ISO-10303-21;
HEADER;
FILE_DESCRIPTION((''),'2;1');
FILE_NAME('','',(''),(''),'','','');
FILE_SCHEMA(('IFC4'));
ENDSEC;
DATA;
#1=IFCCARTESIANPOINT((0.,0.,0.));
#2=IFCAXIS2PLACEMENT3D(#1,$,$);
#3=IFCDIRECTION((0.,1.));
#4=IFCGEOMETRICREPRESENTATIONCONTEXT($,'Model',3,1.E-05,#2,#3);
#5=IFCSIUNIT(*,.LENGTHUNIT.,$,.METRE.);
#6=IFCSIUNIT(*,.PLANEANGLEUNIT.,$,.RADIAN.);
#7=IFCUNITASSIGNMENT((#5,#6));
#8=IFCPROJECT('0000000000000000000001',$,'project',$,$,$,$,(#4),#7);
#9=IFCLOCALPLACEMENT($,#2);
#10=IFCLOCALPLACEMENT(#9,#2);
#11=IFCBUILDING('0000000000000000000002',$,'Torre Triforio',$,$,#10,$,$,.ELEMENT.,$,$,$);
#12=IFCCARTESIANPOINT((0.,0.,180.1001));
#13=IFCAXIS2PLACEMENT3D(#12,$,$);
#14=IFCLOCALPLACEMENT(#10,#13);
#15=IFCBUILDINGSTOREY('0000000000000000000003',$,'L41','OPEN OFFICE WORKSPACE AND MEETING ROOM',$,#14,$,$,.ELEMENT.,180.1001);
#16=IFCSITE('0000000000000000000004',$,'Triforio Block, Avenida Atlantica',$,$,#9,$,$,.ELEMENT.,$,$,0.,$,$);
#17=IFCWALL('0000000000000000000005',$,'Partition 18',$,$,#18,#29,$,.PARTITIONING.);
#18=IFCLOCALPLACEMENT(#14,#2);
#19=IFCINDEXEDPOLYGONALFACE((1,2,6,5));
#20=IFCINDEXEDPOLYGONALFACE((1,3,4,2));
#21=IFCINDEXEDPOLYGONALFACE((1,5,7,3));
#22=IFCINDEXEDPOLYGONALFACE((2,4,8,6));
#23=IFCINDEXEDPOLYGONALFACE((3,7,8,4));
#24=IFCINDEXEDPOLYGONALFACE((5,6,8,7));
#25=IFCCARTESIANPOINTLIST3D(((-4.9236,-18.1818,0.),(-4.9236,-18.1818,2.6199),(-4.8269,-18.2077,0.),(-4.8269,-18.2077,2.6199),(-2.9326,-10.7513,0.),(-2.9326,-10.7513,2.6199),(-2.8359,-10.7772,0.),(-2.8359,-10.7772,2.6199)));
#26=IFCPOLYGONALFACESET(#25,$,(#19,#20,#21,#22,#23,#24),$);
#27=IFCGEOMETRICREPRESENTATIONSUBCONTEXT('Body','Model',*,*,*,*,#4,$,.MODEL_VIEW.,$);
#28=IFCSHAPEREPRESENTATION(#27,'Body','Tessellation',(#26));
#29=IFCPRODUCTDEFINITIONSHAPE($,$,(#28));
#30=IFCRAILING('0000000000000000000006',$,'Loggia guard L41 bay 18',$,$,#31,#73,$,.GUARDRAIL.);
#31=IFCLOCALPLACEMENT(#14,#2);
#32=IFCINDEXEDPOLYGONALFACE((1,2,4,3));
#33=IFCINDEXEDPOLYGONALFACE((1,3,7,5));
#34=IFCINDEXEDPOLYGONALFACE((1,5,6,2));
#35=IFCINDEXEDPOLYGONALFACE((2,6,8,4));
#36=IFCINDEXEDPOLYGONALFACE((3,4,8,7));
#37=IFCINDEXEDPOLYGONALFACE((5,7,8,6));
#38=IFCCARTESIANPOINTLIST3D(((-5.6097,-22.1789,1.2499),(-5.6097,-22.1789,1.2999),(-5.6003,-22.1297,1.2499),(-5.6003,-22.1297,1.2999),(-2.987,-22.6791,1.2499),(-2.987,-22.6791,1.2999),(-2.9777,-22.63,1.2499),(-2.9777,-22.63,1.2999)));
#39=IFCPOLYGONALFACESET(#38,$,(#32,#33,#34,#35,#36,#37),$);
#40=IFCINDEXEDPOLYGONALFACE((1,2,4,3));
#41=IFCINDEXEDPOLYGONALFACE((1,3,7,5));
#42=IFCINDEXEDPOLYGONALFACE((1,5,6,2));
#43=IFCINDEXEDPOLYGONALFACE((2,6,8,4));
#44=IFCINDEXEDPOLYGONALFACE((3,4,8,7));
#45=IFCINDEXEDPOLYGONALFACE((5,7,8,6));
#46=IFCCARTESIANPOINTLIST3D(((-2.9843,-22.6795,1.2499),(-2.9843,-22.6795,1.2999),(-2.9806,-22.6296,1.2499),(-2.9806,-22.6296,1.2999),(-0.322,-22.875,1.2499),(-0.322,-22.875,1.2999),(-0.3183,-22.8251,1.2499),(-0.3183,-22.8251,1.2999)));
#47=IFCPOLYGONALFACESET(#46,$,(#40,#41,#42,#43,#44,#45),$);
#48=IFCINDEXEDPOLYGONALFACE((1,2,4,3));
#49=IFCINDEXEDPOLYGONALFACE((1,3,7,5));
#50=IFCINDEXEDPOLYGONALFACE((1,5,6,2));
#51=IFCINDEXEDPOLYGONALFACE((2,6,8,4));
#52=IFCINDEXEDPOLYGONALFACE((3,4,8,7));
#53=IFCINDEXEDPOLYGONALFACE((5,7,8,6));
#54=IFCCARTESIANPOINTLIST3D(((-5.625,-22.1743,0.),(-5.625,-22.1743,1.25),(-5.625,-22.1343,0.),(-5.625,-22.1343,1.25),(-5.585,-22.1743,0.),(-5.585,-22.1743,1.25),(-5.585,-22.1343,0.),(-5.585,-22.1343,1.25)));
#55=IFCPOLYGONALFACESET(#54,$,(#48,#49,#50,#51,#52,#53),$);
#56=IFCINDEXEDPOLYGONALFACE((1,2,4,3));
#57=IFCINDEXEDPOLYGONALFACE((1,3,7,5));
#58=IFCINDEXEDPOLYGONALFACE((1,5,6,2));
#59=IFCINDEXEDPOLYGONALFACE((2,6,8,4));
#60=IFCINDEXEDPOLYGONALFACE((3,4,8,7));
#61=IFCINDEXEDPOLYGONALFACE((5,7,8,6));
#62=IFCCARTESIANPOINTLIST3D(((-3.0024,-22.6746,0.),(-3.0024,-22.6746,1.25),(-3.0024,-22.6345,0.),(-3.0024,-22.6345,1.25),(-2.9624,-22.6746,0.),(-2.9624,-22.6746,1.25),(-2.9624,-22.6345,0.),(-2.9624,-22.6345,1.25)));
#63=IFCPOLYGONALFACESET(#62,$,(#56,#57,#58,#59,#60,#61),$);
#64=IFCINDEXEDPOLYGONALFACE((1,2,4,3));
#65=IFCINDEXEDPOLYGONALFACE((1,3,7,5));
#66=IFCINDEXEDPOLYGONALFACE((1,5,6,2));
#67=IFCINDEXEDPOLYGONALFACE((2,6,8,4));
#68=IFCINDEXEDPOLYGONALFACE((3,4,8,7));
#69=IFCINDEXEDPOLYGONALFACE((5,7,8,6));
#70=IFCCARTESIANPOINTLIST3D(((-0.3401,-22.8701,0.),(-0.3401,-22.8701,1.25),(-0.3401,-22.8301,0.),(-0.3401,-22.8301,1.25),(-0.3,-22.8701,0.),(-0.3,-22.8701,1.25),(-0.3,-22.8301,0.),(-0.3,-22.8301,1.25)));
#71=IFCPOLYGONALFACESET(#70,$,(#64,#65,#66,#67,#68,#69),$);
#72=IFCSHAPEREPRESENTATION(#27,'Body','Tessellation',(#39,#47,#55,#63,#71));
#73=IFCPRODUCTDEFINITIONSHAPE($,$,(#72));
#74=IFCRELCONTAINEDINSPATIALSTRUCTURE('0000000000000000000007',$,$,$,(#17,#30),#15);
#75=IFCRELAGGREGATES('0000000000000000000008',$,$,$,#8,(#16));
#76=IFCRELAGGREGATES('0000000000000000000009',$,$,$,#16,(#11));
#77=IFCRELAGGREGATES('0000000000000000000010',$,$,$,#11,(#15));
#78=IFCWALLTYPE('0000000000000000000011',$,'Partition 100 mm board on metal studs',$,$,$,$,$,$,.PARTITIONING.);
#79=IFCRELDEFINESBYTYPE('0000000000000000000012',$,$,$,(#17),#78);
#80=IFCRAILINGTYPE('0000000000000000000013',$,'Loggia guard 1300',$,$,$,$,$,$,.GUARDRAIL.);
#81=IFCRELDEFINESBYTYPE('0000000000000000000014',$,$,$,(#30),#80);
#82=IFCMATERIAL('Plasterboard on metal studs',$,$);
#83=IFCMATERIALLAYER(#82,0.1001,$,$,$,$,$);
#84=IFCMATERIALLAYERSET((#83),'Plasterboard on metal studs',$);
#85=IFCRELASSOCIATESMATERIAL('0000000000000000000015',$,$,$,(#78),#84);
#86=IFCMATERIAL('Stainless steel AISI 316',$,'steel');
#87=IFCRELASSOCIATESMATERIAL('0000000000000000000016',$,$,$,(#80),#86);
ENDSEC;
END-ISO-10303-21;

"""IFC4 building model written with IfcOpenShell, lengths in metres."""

from ifc_helpers import new_model, si_unit, direction, frame, frame_2d, origin, origin_2d, place, context, subcontext, project, spatial, rectangle, extrude, material, layer, layer_set, type_object, element, save


model = new_model("IFC4")

# Units and contexts
model_context = context("Model", 3, precision=1e-05, world=origin(), true_north=direction((0.0, 1.0)))
body_context = subcontext(model_context, "Body", "Model", "MODEL_VIEW")
ifc_project = project(units=[si_unit("LENGTHUNIT", "METRE"), si_unit("PLANEANGLEUNIT", "RADIAN")], contexts=[model_context])

# Site, building, storey
site_placement = place(None, origin())
site = spatial("IfcSite", under=ifc_project, at=site_placement, Name="Triforio Block, Avenida Atlantica", CompositionType="ELEMENT", RefElevation=0.0)
building_placement = place(site_placement, origin())
building = spatial("IfcBuilding", under=site, at=building_placement, Name="Torre Triforio", CompositionType="ELEMENT")
storey_placement = place(building_placement, frame((0.0, 0.0, 180.1001)))
storey = spatial("IfcBuildingStorey", under=building, at=storey_placement, Name="L41", Description="OPEN OFFICE WORKSPACE AND MEETING ROOM", CompositionType="ELEMENT", Elevation=180.1001)

# Shared definitions
ifc_material_1 = material(Name="Plasterboard on metal studs")

# Wall
ifc_layer_1 = layer(ifc_material_1, 0.1001)
ifc_layer_set_1 = layer_set([ifc_layer_1], Name="Plasterboard on metal studs")
wall_type_1 = type_object("IfcWallType", Name="Partition 100 mm board on metal studs", PredefinedType="PARTITIONING", material=ifc_layer_set_1)
wall_1_placement = place(storey_placement, frame((-2.8843, -10.7644, 0.0), z_axis=(0.0, 0.0, 1.0), x_axis=(-0.258818, -0.965926, 0.0)))
element("IfcWall", 1, at=wall_1_placement, inside=storey, type_object=wall_type_1, Name="Partition 18", PredefinedType="PARTITIONING", context=body_context, shape_type="SweptSolid", body=[
    extrude(rectangle(XDim=7.6926, YDim=0.1001, at=frame_2d((3.8462, 0.0))), origin(), (0.0, 0.0, 1.0), 2.6199),
])

# Railing
ifc_material_2 = material(Name="Stainless steel AISI 316", Category="steel")
railing_type = type_object("IfcRailingType", Name="Loggia guard 1300", PredefinedType="GUARDRAIL", material=ifc_material_2)
railing_placement = place(storey_placement, frame((-5.605, -22.1543, 0.0)))
element("IfcRailing", 2, at=railing_placement, inside=storey, type_object=railing_type, Name="Loggia guard L41 bay 18", PredefinedType="GUARDRAIL", context=body_context, shape_type="SweptSolid", body=[
    extrude(rectangle(XDim=0.05, YDim=0.05, at=origin_2d()), frame((0.0, 0.0, 1.2749), z_axis=(0.98229, -0.187368, 0.0), x_axis=(0.187368, 0.98229, 0.0)), (0.0, 0.0, 1.0), 2.6699),
    extrude(rectangle(XDim=0.05, YDim=0.05, at=origin_2d()), frame((2.6226, -0.5002, 1.2749), z_axis=(0.997313, -0.073255, 0.0), x_axis=(0.073255, 0.997313, 0.0)), (0.0, 0.0, 1.0), 2.6694),
    extrude(rectangle(XDim=0.04, YDim=0.04, at=origin_2d()), origin(), (0.0, 0.0, 1.0), 1.25),
    extrude(rectangle(XDim=0.04, YDim=0.04, at=origin_2d()), frame((2.6226, -0.5002, 0.0)), (0.0, 0.0, 1.0), 1.25),
    extrude(rectangle(XDim=0.04, YDim=0.04, at=origin_2d()), frame((5.2849, -0.6958, 0.0)), (0.0, 0.0, 1.0), 1.25),
])

save(model, "model.ifc")
